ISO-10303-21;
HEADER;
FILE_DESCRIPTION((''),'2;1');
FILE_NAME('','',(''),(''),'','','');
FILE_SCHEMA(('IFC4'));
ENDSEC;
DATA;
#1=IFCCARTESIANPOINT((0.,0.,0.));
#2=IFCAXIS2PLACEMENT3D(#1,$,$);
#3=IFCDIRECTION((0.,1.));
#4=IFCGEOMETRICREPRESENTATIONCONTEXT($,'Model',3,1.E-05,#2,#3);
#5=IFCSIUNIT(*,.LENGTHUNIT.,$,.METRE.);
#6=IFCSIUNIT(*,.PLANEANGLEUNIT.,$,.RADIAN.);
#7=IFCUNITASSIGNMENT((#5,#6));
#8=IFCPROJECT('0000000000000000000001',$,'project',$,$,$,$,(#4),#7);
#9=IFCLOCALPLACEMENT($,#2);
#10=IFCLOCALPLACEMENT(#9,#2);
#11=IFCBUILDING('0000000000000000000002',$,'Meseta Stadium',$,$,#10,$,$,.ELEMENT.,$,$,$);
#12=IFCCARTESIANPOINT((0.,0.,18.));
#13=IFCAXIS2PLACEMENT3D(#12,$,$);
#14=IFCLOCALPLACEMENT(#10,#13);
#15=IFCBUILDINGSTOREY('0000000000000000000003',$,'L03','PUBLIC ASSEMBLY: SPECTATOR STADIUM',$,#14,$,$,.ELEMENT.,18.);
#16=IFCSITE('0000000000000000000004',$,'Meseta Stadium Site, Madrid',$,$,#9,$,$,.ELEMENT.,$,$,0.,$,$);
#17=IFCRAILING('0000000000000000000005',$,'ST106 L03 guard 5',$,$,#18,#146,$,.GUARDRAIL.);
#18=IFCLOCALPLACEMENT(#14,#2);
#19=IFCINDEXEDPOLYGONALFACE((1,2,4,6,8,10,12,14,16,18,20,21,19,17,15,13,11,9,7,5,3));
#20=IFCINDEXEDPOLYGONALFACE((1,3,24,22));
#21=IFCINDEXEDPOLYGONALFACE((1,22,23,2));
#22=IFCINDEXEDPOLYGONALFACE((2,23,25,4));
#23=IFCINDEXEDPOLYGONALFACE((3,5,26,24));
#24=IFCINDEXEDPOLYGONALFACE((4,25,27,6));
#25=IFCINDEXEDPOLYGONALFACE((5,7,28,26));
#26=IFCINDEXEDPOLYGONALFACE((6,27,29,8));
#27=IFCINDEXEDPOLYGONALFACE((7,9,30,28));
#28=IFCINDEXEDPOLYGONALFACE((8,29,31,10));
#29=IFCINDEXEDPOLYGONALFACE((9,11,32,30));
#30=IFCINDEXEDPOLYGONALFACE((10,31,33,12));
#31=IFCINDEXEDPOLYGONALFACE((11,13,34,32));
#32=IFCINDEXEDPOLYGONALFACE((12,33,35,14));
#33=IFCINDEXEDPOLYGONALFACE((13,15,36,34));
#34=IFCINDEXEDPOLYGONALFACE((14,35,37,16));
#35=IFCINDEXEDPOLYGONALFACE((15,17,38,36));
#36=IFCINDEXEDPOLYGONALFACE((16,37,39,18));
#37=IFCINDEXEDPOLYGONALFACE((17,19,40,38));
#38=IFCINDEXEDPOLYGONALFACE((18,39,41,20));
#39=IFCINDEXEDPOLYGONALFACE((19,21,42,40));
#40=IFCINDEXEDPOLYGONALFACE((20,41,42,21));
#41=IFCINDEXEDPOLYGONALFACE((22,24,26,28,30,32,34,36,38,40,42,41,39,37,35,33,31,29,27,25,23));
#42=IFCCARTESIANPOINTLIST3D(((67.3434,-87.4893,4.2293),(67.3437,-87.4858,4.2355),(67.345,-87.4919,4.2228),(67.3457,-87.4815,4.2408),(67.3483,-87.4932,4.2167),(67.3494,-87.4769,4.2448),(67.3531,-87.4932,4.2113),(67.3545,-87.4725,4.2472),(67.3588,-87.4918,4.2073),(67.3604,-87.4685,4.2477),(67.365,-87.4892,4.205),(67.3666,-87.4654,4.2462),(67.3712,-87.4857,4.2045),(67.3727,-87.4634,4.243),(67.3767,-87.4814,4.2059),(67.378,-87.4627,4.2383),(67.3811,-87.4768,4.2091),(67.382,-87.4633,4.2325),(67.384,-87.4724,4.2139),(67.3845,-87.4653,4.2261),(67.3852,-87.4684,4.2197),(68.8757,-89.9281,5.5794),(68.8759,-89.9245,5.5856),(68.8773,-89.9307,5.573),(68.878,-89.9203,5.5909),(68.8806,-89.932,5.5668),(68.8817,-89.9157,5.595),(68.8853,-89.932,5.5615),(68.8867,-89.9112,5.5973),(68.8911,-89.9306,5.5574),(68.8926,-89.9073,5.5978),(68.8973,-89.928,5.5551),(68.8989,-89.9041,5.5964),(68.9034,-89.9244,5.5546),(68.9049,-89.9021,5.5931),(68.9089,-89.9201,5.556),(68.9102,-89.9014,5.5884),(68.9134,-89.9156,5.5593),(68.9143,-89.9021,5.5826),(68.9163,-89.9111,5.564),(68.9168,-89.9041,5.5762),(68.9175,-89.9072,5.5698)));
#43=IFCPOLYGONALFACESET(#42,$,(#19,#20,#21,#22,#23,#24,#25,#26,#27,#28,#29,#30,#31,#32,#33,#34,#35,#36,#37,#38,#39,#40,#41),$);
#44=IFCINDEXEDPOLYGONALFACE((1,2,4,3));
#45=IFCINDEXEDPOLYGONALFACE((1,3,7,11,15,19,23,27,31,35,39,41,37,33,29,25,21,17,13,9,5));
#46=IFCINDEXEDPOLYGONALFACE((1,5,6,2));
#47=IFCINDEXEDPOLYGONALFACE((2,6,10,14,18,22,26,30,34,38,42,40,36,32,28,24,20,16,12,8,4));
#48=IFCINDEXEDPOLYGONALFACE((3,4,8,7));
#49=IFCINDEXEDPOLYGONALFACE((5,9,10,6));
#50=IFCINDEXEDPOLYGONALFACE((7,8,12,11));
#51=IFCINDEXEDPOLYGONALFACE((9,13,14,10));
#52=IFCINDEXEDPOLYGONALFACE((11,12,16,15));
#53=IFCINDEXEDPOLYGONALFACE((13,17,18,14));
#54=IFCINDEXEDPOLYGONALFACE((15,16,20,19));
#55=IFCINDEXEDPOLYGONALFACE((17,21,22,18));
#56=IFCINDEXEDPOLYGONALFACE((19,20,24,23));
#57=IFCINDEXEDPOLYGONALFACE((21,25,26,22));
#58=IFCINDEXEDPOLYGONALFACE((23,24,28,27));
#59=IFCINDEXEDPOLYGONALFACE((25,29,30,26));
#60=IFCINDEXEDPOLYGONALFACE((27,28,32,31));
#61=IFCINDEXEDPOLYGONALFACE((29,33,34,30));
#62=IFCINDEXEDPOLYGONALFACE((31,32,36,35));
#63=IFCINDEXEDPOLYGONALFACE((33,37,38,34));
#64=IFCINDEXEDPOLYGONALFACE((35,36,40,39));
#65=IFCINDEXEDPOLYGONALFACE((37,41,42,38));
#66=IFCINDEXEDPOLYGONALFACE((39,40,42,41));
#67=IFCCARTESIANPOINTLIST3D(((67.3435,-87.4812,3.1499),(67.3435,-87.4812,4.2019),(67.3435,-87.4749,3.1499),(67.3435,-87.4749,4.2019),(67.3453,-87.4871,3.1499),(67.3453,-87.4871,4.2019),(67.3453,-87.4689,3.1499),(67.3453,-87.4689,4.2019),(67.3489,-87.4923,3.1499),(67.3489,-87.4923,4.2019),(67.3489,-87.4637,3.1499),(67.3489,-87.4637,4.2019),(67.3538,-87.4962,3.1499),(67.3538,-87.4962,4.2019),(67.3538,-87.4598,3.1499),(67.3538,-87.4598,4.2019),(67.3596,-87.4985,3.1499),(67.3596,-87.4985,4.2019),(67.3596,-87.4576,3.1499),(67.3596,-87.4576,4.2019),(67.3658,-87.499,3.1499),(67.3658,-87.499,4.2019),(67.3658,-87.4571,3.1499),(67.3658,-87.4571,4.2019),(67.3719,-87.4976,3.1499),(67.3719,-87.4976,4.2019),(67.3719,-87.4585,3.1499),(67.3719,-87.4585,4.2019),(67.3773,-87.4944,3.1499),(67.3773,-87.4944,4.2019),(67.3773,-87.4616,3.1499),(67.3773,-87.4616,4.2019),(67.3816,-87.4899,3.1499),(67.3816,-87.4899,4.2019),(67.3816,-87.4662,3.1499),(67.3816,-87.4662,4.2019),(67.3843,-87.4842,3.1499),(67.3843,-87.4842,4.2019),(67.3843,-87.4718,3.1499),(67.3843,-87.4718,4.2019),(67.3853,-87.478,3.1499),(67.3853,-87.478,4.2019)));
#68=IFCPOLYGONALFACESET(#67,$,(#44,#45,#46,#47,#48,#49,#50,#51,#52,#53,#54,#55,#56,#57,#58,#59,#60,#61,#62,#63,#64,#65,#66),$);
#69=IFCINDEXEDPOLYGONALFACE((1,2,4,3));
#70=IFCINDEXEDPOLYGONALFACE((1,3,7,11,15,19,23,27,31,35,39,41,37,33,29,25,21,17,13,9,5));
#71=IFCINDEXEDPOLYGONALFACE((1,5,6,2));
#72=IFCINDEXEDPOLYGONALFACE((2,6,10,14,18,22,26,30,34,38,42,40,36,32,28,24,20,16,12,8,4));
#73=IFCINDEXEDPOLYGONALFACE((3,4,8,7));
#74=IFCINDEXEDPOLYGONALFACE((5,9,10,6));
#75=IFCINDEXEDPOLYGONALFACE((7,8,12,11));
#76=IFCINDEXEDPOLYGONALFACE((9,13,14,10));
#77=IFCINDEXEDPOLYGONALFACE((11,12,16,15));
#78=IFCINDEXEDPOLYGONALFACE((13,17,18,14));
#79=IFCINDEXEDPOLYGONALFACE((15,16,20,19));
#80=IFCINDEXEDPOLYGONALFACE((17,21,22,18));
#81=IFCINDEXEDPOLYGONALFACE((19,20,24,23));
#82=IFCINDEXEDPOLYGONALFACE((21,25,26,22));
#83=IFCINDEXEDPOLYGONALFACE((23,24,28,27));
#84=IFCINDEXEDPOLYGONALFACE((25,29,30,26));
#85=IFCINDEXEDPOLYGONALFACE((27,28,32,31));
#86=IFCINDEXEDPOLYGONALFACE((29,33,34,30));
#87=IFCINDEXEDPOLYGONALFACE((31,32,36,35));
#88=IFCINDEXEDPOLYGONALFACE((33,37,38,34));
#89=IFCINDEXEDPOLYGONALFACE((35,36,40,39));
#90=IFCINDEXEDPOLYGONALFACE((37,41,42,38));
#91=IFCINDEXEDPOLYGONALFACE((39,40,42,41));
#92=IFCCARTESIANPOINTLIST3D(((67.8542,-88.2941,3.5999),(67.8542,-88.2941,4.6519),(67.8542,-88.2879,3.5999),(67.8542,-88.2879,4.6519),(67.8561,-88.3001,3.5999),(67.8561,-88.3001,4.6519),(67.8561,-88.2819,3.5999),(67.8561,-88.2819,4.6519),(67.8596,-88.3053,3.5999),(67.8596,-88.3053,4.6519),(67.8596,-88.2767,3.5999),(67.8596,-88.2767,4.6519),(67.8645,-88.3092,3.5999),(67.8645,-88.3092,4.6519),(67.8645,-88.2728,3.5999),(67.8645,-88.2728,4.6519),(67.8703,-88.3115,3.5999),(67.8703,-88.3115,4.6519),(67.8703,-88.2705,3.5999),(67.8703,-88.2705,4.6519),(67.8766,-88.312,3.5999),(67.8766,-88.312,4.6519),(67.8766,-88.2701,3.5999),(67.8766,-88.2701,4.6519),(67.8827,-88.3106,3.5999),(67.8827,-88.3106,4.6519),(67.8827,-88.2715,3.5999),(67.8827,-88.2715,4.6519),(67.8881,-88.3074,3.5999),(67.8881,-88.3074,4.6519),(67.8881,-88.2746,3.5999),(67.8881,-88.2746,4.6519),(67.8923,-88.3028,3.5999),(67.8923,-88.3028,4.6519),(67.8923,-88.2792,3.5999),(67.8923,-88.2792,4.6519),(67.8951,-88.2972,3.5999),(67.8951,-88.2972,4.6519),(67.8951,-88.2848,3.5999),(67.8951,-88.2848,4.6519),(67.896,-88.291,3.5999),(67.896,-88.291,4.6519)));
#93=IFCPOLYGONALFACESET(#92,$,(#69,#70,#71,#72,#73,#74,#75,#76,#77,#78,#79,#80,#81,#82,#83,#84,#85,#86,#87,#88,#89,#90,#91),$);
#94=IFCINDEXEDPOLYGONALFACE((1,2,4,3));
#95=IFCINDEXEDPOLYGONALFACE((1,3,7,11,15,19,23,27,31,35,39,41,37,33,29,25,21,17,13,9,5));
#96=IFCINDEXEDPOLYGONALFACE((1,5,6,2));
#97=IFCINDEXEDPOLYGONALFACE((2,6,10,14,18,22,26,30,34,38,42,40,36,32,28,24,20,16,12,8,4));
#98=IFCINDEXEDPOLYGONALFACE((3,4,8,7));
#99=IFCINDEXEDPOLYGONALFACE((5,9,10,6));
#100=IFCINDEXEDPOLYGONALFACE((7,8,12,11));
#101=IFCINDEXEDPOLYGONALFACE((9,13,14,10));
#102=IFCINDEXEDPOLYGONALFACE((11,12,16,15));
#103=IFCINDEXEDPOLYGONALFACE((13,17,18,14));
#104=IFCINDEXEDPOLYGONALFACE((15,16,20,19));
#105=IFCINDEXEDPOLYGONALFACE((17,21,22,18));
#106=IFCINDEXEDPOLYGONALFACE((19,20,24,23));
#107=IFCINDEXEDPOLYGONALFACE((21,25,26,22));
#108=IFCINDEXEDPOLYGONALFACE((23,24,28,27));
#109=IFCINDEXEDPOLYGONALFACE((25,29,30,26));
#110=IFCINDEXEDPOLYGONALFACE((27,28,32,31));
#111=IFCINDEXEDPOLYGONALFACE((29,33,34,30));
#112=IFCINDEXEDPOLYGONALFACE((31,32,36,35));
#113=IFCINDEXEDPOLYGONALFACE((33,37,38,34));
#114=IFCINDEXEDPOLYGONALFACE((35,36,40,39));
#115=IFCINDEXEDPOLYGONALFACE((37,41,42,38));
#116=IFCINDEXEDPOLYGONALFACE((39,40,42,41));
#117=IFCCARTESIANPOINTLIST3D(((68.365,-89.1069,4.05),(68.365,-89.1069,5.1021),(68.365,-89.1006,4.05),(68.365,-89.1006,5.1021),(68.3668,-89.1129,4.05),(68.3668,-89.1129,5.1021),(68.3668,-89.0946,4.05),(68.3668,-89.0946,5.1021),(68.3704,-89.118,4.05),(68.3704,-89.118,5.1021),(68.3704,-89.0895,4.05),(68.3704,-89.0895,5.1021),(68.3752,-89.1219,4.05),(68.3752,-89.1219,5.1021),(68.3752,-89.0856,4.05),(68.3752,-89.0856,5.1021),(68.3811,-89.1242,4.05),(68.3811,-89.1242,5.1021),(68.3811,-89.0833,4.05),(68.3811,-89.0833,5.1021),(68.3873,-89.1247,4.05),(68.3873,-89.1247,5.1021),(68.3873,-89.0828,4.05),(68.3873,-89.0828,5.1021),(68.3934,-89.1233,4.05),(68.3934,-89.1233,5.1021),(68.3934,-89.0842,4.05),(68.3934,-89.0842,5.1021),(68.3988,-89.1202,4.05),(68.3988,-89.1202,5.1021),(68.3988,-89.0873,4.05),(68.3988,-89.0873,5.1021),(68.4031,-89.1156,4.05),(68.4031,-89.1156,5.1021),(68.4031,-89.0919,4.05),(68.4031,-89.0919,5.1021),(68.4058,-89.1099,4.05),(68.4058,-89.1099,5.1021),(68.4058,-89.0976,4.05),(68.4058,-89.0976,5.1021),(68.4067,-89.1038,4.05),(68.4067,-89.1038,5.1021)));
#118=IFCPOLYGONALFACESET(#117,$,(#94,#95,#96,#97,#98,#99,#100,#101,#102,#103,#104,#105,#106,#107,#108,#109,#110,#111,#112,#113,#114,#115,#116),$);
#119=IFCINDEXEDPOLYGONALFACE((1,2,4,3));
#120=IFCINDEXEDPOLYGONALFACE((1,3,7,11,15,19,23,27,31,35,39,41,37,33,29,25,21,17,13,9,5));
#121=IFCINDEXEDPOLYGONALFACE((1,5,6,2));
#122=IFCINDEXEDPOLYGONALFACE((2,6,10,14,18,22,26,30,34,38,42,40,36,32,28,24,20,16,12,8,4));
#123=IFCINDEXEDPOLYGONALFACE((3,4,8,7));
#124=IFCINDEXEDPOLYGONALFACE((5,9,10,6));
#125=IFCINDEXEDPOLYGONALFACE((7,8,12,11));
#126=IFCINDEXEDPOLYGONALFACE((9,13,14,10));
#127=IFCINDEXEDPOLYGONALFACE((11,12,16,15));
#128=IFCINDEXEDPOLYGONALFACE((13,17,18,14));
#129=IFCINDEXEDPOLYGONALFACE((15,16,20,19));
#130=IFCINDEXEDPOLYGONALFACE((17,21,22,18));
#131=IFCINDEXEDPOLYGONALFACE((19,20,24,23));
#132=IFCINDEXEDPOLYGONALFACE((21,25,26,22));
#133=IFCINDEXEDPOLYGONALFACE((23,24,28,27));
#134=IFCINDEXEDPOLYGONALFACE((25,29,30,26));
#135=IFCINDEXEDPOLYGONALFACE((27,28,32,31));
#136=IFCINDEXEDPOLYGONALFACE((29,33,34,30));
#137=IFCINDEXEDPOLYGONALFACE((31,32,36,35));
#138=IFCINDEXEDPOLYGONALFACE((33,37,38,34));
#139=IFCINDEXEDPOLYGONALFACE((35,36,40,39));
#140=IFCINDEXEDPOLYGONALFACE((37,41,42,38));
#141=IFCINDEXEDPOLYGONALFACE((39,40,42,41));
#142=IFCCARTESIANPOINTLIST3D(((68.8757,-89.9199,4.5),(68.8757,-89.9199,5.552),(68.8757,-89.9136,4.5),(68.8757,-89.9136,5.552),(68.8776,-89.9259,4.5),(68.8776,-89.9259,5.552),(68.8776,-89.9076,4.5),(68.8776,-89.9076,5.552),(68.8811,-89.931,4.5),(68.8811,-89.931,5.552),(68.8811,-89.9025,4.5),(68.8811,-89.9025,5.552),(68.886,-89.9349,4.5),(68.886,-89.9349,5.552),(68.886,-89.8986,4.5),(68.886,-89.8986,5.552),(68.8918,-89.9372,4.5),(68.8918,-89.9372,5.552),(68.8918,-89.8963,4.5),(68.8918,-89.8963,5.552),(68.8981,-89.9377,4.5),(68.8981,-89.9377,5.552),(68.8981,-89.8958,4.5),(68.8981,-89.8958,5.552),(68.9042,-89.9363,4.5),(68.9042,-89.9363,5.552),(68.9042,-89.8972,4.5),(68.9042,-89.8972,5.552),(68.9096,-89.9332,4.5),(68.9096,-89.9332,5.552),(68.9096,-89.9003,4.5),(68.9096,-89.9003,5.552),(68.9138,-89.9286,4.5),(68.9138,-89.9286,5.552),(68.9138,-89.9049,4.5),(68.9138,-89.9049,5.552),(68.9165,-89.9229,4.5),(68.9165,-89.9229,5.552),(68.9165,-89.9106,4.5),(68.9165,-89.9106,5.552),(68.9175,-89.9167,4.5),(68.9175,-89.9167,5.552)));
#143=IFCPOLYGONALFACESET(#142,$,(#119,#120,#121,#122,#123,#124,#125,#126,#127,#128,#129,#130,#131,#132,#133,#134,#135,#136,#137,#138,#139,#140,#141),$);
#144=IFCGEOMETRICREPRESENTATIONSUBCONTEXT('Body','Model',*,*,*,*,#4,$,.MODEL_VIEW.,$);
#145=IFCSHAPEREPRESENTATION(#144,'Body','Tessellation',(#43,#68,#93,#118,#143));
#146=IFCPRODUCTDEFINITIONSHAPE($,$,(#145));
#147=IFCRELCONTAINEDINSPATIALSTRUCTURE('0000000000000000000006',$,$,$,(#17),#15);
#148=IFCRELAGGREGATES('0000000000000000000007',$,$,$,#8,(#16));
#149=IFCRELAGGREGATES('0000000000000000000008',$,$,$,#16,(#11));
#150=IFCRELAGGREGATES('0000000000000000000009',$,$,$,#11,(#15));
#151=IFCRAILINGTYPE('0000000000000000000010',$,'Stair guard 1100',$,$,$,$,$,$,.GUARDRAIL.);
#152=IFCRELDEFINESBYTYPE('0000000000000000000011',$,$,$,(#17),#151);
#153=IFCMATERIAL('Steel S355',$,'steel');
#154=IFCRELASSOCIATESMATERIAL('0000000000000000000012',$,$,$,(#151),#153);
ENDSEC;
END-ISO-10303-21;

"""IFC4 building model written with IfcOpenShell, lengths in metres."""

from ifc_helpers import new_model, si_unit, direction, frame, origin, origin_2d, place, context, subcontext, project, spatial, circle, extrude, material, type_object, element, save


model = new_model("IFC4")

# Units and contexts
model_context = context("Model", 3, precision=1e-05, world=origin(), true_north=direction((0.0, 1.0)))
body_context = subcontext(model_context, "Body", "Model", "MODEL_VIEW")
ifc_project = project(units=[si_unit("LENGTHUNIT", "METRE"), si_unit("PLANEANGLEUNIT", "RADIAN")], contexts=[model_context])

# Site, building, storey
site_placement = place(None, origin())
site = spatial("IfcSite", under=ifc_project, at=site_placement, Name="Meseta Stadium Site, Madrid", CompositionType="ELEMENT", RefElevation=0.0)
building_placement = place(site_placement, origin())
building = spatial("IfcBuilding", under=site, at=building_placement, Name="Meseta Stadium", CompositionType="ELEMENT")
storey_placement = place(building_placement, frame((0.0, 0.0, 18.0)))
storey = spatial("IfcBuildingStorey", under=building, at=storey_placement, Name="L03", Description="PUBLIC ASSEMBLY: SPECTATOR STADIUM", CompositionType="ELEMENT", Elevation=18.0)

# Railing
ifc_material_1 = material(Name="Steel S355", Category="steel")
railing_type_1 = type_object("IfcRailingType", Name="Stair guard 1100", PredefinedType="GUARDRAIL", material=ifc_material_1)
railing_1_placement = place(storey_placement, frame((67.3643, -87.478, 3.1499)))
element("IfcRailing", 1, at=railing_1_placement, inside=storey, type_object=railing_type_1, Name="ST106 L03 guard 5", PredefinedType="GUARDRAIL", context=body_context, shape_type="SweptSolid", body=[
    extrude(circle(Radius=0.0239, at=origin_2d()), frame((0.0, 0.0, 1.0762), z_axis=(0.481703, -0.766687, 0.424445), x_axis=(0.846743, 0.532001, 0.0)), (0.0, 0.0, 1.0), 3.1809),
    extrude(circle(Radius=0.021, at=origin_2d()), origin(), (0.0, 0.0, 1.0), 1.052),
    extrude(circle(Radius=0.021, at=origin_2d()), frame((0.5107, -0.813, 0.45)), (0.0, 0.0, 1.0), 1.052),
    extrude(circle(Radius=0.021, at=origin_2d()), frame((1.0215, -1.6257, 0.9001)), (0.0, 0.0, 1.0), 1.052),
    extrude(circle(Radius=0.021, at=origin_2d()), frame((1.5322, -2.4387, 1.3501)), (0.0, 0.0, 1.0), 1.052),
])

save(model, "model.ifc")
